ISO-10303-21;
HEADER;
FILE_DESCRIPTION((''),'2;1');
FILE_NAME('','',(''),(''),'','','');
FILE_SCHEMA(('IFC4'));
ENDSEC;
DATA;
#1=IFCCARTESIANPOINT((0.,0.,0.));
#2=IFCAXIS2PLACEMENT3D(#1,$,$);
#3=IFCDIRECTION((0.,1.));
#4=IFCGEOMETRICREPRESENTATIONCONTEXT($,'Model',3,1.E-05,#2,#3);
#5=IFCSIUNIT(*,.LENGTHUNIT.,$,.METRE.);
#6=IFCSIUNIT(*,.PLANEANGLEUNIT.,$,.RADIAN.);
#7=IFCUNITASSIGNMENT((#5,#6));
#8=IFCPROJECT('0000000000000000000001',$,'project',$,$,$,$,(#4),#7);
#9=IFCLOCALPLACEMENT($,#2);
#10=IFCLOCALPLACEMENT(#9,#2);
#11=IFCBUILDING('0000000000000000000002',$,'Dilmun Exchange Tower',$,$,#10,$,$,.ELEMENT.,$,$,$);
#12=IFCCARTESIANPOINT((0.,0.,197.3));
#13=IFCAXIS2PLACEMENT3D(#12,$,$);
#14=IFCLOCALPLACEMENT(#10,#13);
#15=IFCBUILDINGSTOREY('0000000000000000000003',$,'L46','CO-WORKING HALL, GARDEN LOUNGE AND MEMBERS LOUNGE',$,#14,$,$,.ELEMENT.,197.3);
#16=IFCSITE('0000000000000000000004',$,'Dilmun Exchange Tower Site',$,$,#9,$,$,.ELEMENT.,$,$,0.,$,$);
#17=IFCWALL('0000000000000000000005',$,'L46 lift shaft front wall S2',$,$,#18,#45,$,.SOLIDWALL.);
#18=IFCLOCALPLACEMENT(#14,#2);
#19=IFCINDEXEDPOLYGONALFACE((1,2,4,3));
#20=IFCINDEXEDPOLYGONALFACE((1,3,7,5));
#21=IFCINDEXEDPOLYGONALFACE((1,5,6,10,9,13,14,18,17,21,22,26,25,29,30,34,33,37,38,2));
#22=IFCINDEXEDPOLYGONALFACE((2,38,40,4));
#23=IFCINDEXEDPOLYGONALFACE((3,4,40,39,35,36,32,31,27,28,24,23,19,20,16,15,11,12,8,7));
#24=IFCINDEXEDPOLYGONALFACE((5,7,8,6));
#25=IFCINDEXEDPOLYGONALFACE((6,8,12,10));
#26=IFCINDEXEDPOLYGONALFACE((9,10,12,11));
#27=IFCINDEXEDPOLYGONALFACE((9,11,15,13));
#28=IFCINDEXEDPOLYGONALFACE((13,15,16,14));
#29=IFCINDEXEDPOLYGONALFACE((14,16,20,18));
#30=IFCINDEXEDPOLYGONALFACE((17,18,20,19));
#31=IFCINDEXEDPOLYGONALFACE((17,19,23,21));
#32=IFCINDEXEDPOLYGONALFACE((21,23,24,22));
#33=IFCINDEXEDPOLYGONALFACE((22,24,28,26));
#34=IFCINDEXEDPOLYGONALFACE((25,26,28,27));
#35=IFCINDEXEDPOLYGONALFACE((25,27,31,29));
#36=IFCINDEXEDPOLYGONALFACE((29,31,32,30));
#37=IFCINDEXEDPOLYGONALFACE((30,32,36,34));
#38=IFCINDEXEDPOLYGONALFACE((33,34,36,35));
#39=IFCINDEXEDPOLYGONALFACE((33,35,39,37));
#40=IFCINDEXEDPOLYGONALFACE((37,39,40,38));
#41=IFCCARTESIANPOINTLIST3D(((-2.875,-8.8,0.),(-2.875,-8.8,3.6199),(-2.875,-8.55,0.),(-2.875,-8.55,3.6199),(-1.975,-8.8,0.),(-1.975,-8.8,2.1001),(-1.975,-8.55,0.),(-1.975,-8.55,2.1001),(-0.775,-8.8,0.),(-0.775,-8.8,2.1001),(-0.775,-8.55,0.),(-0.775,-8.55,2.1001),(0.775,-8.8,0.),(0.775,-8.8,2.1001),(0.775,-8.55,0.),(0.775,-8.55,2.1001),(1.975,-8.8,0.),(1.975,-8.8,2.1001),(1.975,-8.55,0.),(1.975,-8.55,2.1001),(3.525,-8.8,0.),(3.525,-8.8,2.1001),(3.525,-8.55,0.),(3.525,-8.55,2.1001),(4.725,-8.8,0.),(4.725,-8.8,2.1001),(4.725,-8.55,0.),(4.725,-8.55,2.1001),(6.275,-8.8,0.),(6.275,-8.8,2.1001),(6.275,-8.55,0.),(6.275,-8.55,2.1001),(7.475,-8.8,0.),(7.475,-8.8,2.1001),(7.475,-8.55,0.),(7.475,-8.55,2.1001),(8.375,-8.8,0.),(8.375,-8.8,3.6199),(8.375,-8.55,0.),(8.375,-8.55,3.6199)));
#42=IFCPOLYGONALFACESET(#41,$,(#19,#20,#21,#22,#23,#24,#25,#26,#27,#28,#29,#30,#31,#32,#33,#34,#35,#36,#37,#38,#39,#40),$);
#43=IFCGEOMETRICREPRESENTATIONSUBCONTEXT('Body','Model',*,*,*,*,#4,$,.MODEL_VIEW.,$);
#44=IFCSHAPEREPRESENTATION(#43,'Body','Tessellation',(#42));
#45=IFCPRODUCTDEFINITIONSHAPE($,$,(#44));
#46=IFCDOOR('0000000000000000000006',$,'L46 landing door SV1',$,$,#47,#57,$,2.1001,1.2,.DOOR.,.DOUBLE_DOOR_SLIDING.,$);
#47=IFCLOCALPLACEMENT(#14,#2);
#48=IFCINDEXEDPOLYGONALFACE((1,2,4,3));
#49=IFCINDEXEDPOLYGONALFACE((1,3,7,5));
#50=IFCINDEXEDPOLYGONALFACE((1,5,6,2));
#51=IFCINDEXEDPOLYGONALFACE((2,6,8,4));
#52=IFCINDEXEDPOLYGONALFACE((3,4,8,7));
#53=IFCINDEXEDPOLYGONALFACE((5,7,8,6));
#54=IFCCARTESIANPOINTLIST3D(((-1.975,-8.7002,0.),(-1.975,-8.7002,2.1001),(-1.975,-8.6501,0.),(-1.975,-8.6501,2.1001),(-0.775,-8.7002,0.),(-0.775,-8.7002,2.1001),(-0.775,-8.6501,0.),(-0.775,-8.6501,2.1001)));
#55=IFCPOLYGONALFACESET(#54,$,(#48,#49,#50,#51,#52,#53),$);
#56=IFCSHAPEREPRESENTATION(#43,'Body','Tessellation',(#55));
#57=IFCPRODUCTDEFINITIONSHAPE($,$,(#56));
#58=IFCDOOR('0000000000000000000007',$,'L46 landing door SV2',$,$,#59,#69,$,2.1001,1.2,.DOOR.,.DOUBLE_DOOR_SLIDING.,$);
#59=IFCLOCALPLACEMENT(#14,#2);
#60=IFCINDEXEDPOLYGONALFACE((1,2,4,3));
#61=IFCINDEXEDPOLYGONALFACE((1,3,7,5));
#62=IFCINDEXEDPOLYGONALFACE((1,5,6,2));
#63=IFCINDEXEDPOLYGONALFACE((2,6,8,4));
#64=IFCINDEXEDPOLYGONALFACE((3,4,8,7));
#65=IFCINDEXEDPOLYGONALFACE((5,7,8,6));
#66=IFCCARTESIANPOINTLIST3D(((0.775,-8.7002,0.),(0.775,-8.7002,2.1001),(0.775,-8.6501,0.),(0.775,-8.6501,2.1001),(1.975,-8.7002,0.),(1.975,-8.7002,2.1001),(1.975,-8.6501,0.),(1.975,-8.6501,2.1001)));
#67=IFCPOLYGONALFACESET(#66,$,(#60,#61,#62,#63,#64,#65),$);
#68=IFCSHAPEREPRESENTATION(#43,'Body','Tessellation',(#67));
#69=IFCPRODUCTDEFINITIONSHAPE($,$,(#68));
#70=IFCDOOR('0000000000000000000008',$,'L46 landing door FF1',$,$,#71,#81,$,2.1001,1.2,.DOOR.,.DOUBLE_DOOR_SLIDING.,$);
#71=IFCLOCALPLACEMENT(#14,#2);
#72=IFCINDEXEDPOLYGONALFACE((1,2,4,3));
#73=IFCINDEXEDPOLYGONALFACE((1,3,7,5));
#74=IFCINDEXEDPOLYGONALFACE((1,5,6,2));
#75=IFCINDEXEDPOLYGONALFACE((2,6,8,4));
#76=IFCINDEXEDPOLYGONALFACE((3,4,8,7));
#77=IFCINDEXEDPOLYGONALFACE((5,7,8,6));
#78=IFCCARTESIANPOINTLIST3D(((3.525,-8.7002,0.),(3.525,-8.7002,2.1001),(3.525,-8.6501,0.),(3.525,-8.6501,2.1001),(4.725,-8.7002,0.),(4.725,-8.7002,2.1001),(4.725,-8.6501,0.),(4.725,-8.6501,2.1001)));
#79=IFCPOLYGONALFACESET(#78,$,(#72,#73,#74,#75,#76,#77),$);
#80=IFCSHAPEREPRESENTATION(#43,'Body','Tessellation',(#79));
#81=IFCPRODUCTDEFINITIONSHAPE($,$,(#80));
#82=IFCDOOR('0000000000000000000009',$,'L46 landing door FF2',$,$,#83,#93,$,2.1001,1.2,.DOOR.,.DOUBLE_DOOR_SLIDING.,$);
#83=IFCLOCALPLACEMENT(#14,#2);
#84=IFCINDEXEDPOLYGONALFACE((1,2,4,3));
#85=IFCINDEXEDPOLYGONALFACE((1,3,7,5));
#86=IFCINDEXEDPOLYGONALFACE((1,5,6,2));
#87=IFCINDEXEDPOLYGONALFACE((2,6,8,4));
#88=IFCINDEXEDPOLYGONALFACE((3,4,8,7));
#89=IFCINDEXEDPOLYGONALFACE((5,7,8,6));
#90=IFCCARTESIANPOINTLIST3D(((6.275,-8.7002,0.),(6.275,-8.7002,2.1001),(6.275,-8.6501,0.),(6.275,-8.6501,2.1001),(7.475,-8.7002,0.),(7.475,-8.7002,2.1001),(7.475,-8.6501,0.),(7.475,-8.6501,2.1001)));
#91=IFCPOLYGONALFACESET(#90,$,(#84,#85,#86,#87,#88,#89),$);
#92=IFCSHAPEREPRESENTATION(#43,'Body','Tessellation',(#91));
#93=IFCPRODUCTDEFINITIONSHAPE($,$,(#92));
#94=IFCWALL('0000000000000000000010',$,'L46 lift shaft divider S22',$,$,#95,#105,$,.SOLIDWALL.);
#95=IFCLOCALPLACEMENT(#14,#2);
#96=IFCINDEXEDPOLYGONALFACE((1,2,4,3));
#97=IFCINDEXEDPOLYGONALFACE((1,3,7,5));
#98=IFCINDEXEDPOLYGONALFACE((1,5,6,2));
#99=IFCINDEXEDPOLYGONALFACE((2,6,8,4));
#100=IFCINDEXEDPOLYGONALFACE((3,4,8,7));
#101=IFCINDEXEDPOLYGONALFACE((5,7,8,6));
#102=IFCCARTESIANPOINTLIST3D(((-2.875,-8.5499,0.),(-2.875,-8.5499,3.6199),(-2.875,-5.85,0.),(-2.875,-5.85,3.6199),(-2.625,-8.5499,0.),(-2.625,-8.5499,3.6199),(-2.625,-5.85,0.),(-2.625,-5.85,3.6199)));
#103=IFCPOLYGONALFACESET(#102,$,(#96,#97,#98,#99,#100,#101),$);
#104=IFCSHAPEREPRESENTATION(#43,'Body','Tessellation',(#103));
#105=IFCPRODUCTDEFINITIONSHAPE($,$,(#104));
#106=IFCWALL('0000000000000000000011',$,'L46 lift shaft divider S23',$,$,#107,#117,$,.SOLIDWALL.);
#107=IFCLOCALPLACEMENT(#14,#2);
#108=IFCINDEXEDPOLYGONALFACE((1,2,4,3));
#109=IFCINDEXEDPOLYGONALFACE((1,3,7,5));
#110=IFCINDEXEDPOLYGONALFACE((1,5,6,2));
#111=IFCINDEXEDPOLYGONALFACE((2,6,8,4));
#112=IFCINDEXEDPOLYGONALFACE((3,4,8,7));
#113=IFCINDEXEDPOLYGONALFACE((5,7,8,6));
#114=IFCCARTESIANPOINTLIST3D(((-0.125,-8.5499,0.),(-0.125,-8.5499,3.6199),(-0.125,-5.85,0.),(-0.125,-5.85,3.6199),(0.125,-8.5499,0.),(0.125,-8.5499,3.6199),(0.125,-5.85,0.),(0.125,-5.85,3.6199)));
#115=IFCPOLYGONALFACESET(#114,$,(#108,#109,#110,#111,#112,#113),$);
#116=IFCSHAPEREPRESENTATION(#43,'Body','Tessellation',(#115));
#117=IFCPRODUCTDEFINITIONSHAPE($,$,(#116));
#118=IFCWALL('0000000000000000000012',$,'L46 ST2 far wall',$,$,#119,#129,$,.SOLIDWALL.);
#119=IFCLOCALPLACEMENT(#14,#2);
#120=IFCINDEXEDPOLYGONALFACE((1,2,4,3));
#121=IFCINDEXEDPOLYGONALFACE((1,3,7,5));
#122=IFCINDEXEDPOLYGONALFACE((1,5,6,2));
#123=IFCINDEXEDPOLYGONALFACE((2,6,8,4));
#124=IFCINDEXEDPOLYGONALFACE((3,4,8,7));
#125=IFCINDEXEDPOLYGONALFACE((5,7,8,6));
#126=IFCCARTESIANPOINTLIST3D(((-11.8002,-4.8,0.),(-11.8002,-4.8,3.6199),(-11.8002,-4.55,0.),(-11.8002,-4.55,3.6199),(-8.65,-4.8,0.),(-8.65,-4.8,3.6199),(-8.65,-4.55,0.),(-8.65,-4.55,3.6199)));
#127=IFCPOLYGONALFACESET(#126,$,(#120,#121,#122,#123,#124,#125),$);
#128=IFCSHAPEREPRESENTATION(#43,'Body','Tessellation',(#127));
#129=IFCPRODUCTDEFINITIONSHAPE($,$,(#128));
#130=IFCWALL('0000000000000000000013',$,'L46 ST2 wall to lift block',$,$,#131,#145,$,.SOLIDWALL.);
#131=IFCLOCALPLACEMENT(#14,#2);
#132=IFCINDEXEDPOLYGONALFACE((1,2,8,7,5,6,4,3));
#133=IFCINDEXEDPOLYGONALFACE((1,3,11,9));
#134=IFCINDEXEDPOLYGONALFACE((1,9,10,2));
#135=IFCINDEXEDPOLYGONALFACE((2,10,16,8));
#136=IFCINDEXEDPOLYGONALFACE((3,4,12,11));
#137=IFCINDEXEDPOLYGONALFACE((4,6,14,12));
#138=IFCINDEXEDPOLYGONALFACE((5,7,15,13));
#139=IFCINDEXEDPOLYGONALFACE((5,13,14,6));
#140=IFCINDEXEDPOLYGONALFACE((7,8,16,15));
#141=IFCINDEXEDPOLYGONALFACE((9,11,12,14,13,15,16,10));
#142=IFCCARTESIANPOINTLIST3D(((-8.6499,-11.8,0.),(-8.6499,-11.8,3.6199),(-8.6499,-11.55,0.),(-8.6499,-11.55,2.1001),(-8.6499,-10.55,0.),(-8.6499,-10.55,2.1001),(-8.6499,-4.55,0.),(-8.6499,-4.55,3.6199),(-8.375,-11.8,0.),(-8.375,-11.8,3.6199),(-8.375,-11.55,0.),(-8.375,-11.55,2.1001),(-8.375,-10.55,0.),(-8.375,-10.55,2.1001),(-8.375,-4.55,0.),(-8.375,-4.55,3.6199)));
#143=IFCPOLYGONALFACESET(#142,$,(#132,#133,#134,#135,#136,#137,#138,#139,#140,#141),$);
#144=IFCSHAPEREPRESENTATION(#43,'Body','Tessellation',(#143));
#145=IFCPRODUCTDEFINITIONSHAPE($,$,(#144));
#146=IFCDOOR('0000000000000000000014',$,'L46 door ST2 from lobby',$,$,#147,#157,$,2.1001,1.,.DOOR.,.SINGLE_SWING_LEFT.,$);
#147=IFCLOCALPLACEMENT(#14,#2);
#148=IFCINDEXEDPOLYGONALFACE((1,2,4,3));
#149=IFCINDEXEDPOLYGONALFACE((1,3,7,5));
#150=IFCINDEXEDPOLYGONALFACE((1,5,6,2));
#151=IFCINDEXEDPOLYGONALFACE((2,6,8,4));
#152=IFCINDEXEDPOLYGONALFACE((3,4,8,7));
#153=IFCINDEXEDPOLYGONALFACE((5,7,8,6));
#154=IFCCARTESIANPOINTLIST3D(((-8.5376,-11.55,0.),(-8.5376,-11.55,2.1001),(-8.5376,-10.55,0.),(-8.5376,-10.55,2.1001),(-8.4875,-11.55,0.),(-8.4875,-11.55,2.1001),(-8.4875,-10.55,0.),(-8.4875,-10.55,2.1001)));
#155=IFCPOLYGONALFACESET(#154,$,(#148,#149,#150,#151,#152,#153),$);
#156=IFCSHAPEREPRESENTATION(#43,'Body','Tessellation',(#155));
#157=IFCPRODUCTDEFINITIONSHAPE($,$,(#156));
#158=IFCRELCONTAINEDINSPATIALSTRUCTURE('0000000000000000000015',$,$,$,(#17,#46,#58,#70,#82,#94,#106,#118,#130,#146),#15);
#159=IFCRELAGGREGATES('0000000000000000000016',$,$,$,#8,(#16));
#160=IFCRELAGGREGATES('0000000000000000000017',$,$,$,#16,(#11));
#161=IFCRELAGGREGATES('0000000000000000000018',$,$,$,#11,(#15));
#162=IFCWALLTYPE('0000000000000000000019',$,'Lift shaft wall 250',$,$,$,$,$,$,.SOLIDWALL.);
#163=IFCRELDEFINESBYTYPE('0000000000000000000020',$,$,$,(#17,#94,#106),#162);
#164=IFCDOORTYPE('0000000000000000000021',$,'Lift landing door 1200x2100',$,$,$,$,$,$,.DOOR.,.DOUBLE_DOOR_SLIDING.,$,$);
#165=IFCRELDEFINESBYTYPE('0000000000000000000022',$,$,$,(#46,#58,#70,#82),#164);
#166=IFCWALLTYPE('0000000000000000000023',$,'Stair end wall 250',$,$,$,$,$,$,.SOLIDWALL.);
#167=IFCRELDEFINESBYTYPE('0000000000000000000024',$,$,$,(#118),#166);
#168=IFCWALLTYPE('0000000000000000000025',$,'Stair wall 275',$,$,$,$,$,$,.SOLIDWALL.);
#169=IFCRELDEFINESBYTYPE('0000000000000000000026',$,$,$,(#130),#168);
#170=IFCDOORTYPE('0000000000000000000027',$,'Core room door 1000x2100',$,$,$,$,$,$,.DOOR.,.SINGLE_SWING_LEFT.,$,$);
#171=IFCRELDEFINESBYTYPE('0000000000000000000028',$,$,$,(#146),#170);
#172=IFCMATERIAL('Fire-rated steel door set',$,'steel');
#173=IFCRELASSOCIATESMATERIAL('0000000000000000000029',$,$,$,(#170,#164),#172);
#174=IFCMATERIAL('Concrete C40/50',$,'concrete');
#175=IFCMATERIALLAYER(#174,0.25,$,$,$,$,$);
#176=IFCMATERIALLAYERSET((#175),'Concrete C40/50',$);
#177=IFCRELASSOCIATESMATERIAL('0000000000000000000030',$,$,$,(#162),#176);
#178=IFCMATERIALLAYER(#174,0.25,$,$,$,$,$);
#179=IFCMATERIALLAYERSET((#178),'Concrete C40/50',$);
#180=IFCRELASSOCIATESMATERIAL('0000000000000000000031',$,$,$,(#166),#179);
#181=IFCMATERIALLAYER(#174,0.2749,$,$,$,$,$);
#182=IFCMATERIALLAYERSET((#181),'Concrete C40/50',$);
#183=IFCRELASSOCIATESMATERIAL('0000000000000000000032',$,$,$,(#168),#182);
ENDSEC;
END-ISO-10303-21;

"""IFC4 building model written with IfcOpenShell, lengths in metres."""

from ifc_helpers import new_model, si_unit, direction, frame, frame_2d, origin, place, context, subcontext, project, spatial, rectangle, extrude, material, layer, layer_set, type_object, element, fill, save


model = new_model("IFC4")

# Units and contexts
model_context = context("Model", 3, precision=1e-05, world=origin(), true_north=direction((0.0, 1.0)))
body_context = subcontext(model_context, "Body", "Model", "MODEL_VIEW")
ifc_project = project(units=[si_unit("LENGTHUNIT", "METRE"), si_unit("PLANEANGLEUNIT", "RADIAN")], contexts=[model_context])

# Site, building, storey
site_placement = place(None, origin())
site = spatial("IfcSite", under=ifc_project, at=site_placement, Name="Dilmun Exchange Tower Site", CompositionType="ELEMENT", RefElevation=0.0)
building_placement = place(site_placement, origin())
building = spatial("IfcBuilding", under=site, at=building_placement, Name="Dilmun Exchange Tower", CompositionType="ELEMENT")
storey_placement = place(building_placement, frame((0.0, 0.0, 197.3)))
storey = spatial("IfcBuildingStorey", under=building, at=storey_placement, Name="L46", Description="CO-WORKING HALL, GARDEN LOUNGE AND MEMBERS LOUNGE", CompositionType="ELEMENT", Elevation=197.3)

# Shared definitions
ifc_material_1 = material(Name="Concrete C40/50", Category="concrete")

# Shared definitions
ifc_material_2 = material(Name="Fire-rated steel door set", Category="steel")
door_type_1 = type_object("IfcDoorType", Name="Core room door 1000x2100", OperationType="SINGLE_SWING_LEFT", PredefinedType="DOOR", material=ifc_material_2)

# Shared definitions
ifc_layer_1 = layer(ifc_material_1, 0.25)
ifc_layer_set_1 = layer_set([ifc_layer_1], Name="Concrete C40/50")
wall_type_1 = type_object("IfcWallType", Name="Lift shaft wall 250", PredefinedType="SOLIDWALL", material=ifc_layer_set_1)

# Wall, openings, doors
wall_1_placement = place(storey_placement, frame((-2.875, -8.675, 0.0), z_axis=(0.0, 0.0, 1.0), x_axis=(1.0, 0.0, 0.0)))
wall_1 = element("IfcWall", 1, at=wall_1_placement, inside=storey, type_object=wall_type_1, Name="L46 lift shaft front wall S2", PredefinedType="SOLIDWALL", context=body_context, shape_type="SweptSolid", body=[
    extrude(rectangle(XDim=11.25, YDim=0.25, at=frame_2d((5.625, 0.0))), origin(), (0.0, 0.0, 1.0), 3.6199),
])
opening_1_placement = place(wall_1_placement, frame((0.8999, 0.0, 0.0)))
opening_1 = element("IfcOpeningElement", 2, at=opening_1_placement, cuts=wall_1, PredefinedType="OPENING", context=body_context, shape_type="SweptSolid", body=[
    extrude(rectangle(XDim=1.2, YDim=2.1001, at=frame_2d((0.6001, 1.05))), frame((0.0, 0.135, 0.0), z_axis=(0.0, -1.0, 0.0), x_axis=(1.0, 0.0, 0.0)), (0.0, 0.0, 1.0), 0.27),
])
opening_2_placement = place(wall_1_placement, frame((3.6499, 0.0, 0.0)))
opening_2 = element("IfcOpeningElement", 3, at=opening_2_placement, cuts=wall_1, PredefinedType="OPENING", context=body_context, shape_type="SweptSolid", body=[
    extrude(rectangle(XDim=1.2, YDim=2.1001, at=frame_2d((0.6001, 1.05))), frame((0.0, 0.135, 0.0), z_axis=(0.0, -1.0, 0.0), x_axis=(1.0, 0.0, 0.0)), (0.0, 0.0, 1.0), 0.27),
])
opening_3_placement = place(wall_1_placement, frame((6.3999, 0.0, 0.0)))
opening_3 = element("IfcOpeningElement", 4, at=opening_3_placement, cuts=wall_1, PredefinedType="OPENING", context=body_context, shape_type="SweptSolid", body=[
    extrude(rectangle(XDim=1.2, YDim=2.1001, at=frame_2d((0.6001, 1.05))), frame((0.0, 0.135, 0.0), z_axis=(0.0, -1.0, 0.0), x_axis=(1.0, 0.0, 0.0)), (0.0, 0.0, 1.0), 0.27),
])
opening_4_placement = place(wall_1_placement, frame((9.1499, 0.0, 0.0)))
opening_4 = element("IfcOpeningElement", 5, at=opening_4_placement, cuts=wall_1, PredefinedType="OPENING", context=body_context, shape_type="SweptSolid", body=[
    extrude(rectangle(XDim=1.2, YDim=2.1001, at=frame_2d((0.6001, 1.05))), frame((0.0, 0.135, 0.0), z_axis=(0.0, -1.0, 0.0), x_axis=(1.0, 0.0, 0.0)), (0.0, 0.0, 1.0), 0.27),
])
door_type_2 = type_object("IfcDoorType", Name="Lift landing door 1200x2100", OperationType="DOUBLE_DOOR_SLIDING", PredefinedType="DOOR", material=ifc_material_2)
door_1_placement = place(opening_1_placement, origin())
door_1 = element("IfcDoor", 6, at=door_1_placement, inside=storey, type_object=door_type_2, Name="L46 landing door SV1", OperationType="DOUBLE_DOOR_SLIDING", OverallHeight=2.1001, OverallWidth=1.2, PredefinedType="DOOR", context=body_context, shape_type="SweptSolid", body=[
    extrude(rectangle(XDim=1.2, YDim=2.1001, at=frame_2d((0.6001, 1.05))), frame((0.0, 0.0249, 0.0), z_axis=(0.0, -1.0, 0.0), x_axis=(1.0, 0.0, 0.0)), (0.0, 0.0, 1.0), 0.05),
])
fill(opening_1, door_1)
door_2_placement = place(opening_2_placement, origin())
door_2 = element("IfcDoor", 7, at=door_2_placement, inside=storey, type_object=door_type_2, Name="L46 landing door SV2", OperationType="DOUBLE_DOOR_SLIDING", OverallHeight=2.1001, OverallWidth=1.2, PredefinedType="DOOR", context=body_context, shape_type="SweptSolid", body=[
    extrude(rectangle(XDim=1.2, YDim=2.1001, at=frame_2d((0.6001, 1.05))), frame((0.0, 0.0249, 0.0), z_axis=(0.0, -1.0, 0.0), x_axis=(1.0, 0.0, 0.0)), (0.0, 0.0, 1.0), 0.05),
])
fill(opening_2, door_2)
door_3_placement = place(opening_3_placement, origin())
door_3 = element("IfcDoor", 8, at=door_3_placement, inside=storey, type_object=door_type_2, Name="L46 landing door FF1", OperationType="DOUBLE_DOOR_SLIDING", OverallHeight=2.1001, OverallWidth=1.2, PredefinedType="DOOR", context=body_context, shape_type="SweptSolid", body=[
    extrude(rectangle(XDim=1.2, YDim=2.1001, at=frame_2d((0.6001, 1.05))), frame((0.0, 0.0249, 0.0), z_axis=(0.0, -1.0, 0.0), x_axis=(1.0, 0.0, 0.0)), (0.0, 0.0, 1.0), 0.05),
])
fill(opening_3, door_3)
door_4_placement = place(opening_4_placement, origin())
door_4 = element("IfcDoor", 9, at=door_4_placement, inside=storey, type_object=door_type_2, Name="L46 landing door FF2", OperationType="DOUBLE_DOOR_SLIDING", OverallHeight=2.1001, OverallWidth=1.2, PredefinedType="DOOR", context=body_context, shape_type="SweptSolid", body=[
    extrude(rectangle(XDim=1.2, YDim=2.1001, at=frame_2d((0.6001, 1.05))), frame((0.0, 0.0249, 0.0), z_axis=(0.0, -1.0, 0.0), x_axis=(1.0, 0.0, 0.0)), (0.0, 0.0, 1.0), 0.05),
])
fill(opening_4, door_4)

# Walls
for number, where, z_axis, x_axis, name in (
    (10, (-2.75, -8.55, 0.0), (0.0, 0.0, 1.0), (0.0, 1.0, 0.0), "L46 lift shaft divider S22"),
    (11, (0.0, -8.55, 0.0), (0.0, 0.0, 1.0), (0.0, 1.0, 0.0), "L46 lift shaft divider S23"),
):
    element("IfcWall", number, at=place(storey_placement, frame(where, z_axis=z_axis, x_axis=x_axis)), inside=storey, type_object=wall_type_1, Name=name, PredefinedType="SOLIDWALL", context=body_context, shape_type="SweptSolid", body=[
        extrude(rectangle(XDim=2.7, YDim=0.25, at=frame_2d((1.3501, 0.0))), origin(), (0.0, 0.0, 1.0), 3.6199),
    ])
ifc_layer_2 = layer(ifc_material_1, 0.25)
ifc_layer_set_2 = layer_set([ifc_layer_2], Name="Concrete C40/50")
wall_type_2 = type_object("IfcWallType", Name="Stair end wall 250", PredefinedType="SOLIDWALL", material=ifc_layer_set_2)
wall_2_placement = place(storey_placement, frame((-8.6499, -4.675, 0.0), z_axis=(0.0, 0.0, 1.0), x_axis=(-1.0, 0.0, 0.0)))
element("IfcWall", 12, at=wall_2_placement, inside=storey, type_object=wall_type_2, Name="L46 ST2 far wall", PredefinedType="SOLIDWALL", context=body_context, shape_type="SweptSolid", body=[
    extrude(rectangle(XDim=3.1501, YDim=0.25, at=frame_2d((1.5752, 0.0))), origin(), (0.0, 0.0, 1.0), 3.6199),
])

# Wall, opening, door
ifc_layer_3 = layer(ifc_material_1, 0.2749)
ifc_layer_set_3 = layer_set([ifc_layer_3], Name="Concrete C40/50")
wall_type_3 = type_object("IfcWallType", Name="Stair wall 275", PredefinedType="SOLIDWALL", material=ifc_layer_set_3)
wall_3_placement = place(storey_placement, frame((-8.5125, -4.55, 0.0), z_axis=(0.0, 0.0, 1.0), x_axis=(0.0, -1.0, 0.0)))
wall_3 = element("IfcWall", 13, at=wall_3_placement, inside=storey, type_object=wall_type_3, Name="L46 ST2 wall to lift block", PredefinedType="SOLIDWALL", context=body_context, shape_type="SweptSolid", body=[
    extrude(rectangle(XDim=7.25, YDim=0.2749, at=frame_2d((3.625, 0.0))), origin(), (0.0, 0.0, 1.0), 3.6199),
])
opening_5_placement = place(wall_3_placement, frame((6.0, 0.0, 0.0)))
opening_5 = element("IfcOpeningElement", 14, at=opening_5_placement, cuts=wall_3, PredefinedType="OPENING", context=body_context, shape_type="SweptSolid", body=[
    extrude(rectangle(XDim=1.0, YDim=2.1001, at=frame_2d((0.5, 1.05))), frame((0.0, 0.1475, 0.0), z_axis=(0.0, -1.0, 0.0), x_axis=(1.0, 0.0, 0.0)), (0.0, 0.0, 1.0), 0.2949),
])
door_5_placement = place(opening_5_placement, origin())
door_5 = element("IfcDoor", 15, at=door_5_placement, inside=storey, type_object=door_type_1, Name="L46 door ST2 from lobby", OperationType="SINGLE_SWING_LEFT", OverallHeight=2.1001, OverallWidth=1.0, PredefinedType="DOOR", context=body_context, shape_type="SweptSolid", body=[
    extrude(rectangle(XDim=1.0, YDim=2.1001, at=frame_2d((0.5, 1.05))), frame((0.0, 0.0249, 0.0), z_axis=(0.0, -1.0, 0.0), x_axis=(1.0, 0.0, 0.0)), (0.0, 0.0, 1.0), 0.05),
])
fill(opening_5, door_5)

save(model, "model.ifc")
